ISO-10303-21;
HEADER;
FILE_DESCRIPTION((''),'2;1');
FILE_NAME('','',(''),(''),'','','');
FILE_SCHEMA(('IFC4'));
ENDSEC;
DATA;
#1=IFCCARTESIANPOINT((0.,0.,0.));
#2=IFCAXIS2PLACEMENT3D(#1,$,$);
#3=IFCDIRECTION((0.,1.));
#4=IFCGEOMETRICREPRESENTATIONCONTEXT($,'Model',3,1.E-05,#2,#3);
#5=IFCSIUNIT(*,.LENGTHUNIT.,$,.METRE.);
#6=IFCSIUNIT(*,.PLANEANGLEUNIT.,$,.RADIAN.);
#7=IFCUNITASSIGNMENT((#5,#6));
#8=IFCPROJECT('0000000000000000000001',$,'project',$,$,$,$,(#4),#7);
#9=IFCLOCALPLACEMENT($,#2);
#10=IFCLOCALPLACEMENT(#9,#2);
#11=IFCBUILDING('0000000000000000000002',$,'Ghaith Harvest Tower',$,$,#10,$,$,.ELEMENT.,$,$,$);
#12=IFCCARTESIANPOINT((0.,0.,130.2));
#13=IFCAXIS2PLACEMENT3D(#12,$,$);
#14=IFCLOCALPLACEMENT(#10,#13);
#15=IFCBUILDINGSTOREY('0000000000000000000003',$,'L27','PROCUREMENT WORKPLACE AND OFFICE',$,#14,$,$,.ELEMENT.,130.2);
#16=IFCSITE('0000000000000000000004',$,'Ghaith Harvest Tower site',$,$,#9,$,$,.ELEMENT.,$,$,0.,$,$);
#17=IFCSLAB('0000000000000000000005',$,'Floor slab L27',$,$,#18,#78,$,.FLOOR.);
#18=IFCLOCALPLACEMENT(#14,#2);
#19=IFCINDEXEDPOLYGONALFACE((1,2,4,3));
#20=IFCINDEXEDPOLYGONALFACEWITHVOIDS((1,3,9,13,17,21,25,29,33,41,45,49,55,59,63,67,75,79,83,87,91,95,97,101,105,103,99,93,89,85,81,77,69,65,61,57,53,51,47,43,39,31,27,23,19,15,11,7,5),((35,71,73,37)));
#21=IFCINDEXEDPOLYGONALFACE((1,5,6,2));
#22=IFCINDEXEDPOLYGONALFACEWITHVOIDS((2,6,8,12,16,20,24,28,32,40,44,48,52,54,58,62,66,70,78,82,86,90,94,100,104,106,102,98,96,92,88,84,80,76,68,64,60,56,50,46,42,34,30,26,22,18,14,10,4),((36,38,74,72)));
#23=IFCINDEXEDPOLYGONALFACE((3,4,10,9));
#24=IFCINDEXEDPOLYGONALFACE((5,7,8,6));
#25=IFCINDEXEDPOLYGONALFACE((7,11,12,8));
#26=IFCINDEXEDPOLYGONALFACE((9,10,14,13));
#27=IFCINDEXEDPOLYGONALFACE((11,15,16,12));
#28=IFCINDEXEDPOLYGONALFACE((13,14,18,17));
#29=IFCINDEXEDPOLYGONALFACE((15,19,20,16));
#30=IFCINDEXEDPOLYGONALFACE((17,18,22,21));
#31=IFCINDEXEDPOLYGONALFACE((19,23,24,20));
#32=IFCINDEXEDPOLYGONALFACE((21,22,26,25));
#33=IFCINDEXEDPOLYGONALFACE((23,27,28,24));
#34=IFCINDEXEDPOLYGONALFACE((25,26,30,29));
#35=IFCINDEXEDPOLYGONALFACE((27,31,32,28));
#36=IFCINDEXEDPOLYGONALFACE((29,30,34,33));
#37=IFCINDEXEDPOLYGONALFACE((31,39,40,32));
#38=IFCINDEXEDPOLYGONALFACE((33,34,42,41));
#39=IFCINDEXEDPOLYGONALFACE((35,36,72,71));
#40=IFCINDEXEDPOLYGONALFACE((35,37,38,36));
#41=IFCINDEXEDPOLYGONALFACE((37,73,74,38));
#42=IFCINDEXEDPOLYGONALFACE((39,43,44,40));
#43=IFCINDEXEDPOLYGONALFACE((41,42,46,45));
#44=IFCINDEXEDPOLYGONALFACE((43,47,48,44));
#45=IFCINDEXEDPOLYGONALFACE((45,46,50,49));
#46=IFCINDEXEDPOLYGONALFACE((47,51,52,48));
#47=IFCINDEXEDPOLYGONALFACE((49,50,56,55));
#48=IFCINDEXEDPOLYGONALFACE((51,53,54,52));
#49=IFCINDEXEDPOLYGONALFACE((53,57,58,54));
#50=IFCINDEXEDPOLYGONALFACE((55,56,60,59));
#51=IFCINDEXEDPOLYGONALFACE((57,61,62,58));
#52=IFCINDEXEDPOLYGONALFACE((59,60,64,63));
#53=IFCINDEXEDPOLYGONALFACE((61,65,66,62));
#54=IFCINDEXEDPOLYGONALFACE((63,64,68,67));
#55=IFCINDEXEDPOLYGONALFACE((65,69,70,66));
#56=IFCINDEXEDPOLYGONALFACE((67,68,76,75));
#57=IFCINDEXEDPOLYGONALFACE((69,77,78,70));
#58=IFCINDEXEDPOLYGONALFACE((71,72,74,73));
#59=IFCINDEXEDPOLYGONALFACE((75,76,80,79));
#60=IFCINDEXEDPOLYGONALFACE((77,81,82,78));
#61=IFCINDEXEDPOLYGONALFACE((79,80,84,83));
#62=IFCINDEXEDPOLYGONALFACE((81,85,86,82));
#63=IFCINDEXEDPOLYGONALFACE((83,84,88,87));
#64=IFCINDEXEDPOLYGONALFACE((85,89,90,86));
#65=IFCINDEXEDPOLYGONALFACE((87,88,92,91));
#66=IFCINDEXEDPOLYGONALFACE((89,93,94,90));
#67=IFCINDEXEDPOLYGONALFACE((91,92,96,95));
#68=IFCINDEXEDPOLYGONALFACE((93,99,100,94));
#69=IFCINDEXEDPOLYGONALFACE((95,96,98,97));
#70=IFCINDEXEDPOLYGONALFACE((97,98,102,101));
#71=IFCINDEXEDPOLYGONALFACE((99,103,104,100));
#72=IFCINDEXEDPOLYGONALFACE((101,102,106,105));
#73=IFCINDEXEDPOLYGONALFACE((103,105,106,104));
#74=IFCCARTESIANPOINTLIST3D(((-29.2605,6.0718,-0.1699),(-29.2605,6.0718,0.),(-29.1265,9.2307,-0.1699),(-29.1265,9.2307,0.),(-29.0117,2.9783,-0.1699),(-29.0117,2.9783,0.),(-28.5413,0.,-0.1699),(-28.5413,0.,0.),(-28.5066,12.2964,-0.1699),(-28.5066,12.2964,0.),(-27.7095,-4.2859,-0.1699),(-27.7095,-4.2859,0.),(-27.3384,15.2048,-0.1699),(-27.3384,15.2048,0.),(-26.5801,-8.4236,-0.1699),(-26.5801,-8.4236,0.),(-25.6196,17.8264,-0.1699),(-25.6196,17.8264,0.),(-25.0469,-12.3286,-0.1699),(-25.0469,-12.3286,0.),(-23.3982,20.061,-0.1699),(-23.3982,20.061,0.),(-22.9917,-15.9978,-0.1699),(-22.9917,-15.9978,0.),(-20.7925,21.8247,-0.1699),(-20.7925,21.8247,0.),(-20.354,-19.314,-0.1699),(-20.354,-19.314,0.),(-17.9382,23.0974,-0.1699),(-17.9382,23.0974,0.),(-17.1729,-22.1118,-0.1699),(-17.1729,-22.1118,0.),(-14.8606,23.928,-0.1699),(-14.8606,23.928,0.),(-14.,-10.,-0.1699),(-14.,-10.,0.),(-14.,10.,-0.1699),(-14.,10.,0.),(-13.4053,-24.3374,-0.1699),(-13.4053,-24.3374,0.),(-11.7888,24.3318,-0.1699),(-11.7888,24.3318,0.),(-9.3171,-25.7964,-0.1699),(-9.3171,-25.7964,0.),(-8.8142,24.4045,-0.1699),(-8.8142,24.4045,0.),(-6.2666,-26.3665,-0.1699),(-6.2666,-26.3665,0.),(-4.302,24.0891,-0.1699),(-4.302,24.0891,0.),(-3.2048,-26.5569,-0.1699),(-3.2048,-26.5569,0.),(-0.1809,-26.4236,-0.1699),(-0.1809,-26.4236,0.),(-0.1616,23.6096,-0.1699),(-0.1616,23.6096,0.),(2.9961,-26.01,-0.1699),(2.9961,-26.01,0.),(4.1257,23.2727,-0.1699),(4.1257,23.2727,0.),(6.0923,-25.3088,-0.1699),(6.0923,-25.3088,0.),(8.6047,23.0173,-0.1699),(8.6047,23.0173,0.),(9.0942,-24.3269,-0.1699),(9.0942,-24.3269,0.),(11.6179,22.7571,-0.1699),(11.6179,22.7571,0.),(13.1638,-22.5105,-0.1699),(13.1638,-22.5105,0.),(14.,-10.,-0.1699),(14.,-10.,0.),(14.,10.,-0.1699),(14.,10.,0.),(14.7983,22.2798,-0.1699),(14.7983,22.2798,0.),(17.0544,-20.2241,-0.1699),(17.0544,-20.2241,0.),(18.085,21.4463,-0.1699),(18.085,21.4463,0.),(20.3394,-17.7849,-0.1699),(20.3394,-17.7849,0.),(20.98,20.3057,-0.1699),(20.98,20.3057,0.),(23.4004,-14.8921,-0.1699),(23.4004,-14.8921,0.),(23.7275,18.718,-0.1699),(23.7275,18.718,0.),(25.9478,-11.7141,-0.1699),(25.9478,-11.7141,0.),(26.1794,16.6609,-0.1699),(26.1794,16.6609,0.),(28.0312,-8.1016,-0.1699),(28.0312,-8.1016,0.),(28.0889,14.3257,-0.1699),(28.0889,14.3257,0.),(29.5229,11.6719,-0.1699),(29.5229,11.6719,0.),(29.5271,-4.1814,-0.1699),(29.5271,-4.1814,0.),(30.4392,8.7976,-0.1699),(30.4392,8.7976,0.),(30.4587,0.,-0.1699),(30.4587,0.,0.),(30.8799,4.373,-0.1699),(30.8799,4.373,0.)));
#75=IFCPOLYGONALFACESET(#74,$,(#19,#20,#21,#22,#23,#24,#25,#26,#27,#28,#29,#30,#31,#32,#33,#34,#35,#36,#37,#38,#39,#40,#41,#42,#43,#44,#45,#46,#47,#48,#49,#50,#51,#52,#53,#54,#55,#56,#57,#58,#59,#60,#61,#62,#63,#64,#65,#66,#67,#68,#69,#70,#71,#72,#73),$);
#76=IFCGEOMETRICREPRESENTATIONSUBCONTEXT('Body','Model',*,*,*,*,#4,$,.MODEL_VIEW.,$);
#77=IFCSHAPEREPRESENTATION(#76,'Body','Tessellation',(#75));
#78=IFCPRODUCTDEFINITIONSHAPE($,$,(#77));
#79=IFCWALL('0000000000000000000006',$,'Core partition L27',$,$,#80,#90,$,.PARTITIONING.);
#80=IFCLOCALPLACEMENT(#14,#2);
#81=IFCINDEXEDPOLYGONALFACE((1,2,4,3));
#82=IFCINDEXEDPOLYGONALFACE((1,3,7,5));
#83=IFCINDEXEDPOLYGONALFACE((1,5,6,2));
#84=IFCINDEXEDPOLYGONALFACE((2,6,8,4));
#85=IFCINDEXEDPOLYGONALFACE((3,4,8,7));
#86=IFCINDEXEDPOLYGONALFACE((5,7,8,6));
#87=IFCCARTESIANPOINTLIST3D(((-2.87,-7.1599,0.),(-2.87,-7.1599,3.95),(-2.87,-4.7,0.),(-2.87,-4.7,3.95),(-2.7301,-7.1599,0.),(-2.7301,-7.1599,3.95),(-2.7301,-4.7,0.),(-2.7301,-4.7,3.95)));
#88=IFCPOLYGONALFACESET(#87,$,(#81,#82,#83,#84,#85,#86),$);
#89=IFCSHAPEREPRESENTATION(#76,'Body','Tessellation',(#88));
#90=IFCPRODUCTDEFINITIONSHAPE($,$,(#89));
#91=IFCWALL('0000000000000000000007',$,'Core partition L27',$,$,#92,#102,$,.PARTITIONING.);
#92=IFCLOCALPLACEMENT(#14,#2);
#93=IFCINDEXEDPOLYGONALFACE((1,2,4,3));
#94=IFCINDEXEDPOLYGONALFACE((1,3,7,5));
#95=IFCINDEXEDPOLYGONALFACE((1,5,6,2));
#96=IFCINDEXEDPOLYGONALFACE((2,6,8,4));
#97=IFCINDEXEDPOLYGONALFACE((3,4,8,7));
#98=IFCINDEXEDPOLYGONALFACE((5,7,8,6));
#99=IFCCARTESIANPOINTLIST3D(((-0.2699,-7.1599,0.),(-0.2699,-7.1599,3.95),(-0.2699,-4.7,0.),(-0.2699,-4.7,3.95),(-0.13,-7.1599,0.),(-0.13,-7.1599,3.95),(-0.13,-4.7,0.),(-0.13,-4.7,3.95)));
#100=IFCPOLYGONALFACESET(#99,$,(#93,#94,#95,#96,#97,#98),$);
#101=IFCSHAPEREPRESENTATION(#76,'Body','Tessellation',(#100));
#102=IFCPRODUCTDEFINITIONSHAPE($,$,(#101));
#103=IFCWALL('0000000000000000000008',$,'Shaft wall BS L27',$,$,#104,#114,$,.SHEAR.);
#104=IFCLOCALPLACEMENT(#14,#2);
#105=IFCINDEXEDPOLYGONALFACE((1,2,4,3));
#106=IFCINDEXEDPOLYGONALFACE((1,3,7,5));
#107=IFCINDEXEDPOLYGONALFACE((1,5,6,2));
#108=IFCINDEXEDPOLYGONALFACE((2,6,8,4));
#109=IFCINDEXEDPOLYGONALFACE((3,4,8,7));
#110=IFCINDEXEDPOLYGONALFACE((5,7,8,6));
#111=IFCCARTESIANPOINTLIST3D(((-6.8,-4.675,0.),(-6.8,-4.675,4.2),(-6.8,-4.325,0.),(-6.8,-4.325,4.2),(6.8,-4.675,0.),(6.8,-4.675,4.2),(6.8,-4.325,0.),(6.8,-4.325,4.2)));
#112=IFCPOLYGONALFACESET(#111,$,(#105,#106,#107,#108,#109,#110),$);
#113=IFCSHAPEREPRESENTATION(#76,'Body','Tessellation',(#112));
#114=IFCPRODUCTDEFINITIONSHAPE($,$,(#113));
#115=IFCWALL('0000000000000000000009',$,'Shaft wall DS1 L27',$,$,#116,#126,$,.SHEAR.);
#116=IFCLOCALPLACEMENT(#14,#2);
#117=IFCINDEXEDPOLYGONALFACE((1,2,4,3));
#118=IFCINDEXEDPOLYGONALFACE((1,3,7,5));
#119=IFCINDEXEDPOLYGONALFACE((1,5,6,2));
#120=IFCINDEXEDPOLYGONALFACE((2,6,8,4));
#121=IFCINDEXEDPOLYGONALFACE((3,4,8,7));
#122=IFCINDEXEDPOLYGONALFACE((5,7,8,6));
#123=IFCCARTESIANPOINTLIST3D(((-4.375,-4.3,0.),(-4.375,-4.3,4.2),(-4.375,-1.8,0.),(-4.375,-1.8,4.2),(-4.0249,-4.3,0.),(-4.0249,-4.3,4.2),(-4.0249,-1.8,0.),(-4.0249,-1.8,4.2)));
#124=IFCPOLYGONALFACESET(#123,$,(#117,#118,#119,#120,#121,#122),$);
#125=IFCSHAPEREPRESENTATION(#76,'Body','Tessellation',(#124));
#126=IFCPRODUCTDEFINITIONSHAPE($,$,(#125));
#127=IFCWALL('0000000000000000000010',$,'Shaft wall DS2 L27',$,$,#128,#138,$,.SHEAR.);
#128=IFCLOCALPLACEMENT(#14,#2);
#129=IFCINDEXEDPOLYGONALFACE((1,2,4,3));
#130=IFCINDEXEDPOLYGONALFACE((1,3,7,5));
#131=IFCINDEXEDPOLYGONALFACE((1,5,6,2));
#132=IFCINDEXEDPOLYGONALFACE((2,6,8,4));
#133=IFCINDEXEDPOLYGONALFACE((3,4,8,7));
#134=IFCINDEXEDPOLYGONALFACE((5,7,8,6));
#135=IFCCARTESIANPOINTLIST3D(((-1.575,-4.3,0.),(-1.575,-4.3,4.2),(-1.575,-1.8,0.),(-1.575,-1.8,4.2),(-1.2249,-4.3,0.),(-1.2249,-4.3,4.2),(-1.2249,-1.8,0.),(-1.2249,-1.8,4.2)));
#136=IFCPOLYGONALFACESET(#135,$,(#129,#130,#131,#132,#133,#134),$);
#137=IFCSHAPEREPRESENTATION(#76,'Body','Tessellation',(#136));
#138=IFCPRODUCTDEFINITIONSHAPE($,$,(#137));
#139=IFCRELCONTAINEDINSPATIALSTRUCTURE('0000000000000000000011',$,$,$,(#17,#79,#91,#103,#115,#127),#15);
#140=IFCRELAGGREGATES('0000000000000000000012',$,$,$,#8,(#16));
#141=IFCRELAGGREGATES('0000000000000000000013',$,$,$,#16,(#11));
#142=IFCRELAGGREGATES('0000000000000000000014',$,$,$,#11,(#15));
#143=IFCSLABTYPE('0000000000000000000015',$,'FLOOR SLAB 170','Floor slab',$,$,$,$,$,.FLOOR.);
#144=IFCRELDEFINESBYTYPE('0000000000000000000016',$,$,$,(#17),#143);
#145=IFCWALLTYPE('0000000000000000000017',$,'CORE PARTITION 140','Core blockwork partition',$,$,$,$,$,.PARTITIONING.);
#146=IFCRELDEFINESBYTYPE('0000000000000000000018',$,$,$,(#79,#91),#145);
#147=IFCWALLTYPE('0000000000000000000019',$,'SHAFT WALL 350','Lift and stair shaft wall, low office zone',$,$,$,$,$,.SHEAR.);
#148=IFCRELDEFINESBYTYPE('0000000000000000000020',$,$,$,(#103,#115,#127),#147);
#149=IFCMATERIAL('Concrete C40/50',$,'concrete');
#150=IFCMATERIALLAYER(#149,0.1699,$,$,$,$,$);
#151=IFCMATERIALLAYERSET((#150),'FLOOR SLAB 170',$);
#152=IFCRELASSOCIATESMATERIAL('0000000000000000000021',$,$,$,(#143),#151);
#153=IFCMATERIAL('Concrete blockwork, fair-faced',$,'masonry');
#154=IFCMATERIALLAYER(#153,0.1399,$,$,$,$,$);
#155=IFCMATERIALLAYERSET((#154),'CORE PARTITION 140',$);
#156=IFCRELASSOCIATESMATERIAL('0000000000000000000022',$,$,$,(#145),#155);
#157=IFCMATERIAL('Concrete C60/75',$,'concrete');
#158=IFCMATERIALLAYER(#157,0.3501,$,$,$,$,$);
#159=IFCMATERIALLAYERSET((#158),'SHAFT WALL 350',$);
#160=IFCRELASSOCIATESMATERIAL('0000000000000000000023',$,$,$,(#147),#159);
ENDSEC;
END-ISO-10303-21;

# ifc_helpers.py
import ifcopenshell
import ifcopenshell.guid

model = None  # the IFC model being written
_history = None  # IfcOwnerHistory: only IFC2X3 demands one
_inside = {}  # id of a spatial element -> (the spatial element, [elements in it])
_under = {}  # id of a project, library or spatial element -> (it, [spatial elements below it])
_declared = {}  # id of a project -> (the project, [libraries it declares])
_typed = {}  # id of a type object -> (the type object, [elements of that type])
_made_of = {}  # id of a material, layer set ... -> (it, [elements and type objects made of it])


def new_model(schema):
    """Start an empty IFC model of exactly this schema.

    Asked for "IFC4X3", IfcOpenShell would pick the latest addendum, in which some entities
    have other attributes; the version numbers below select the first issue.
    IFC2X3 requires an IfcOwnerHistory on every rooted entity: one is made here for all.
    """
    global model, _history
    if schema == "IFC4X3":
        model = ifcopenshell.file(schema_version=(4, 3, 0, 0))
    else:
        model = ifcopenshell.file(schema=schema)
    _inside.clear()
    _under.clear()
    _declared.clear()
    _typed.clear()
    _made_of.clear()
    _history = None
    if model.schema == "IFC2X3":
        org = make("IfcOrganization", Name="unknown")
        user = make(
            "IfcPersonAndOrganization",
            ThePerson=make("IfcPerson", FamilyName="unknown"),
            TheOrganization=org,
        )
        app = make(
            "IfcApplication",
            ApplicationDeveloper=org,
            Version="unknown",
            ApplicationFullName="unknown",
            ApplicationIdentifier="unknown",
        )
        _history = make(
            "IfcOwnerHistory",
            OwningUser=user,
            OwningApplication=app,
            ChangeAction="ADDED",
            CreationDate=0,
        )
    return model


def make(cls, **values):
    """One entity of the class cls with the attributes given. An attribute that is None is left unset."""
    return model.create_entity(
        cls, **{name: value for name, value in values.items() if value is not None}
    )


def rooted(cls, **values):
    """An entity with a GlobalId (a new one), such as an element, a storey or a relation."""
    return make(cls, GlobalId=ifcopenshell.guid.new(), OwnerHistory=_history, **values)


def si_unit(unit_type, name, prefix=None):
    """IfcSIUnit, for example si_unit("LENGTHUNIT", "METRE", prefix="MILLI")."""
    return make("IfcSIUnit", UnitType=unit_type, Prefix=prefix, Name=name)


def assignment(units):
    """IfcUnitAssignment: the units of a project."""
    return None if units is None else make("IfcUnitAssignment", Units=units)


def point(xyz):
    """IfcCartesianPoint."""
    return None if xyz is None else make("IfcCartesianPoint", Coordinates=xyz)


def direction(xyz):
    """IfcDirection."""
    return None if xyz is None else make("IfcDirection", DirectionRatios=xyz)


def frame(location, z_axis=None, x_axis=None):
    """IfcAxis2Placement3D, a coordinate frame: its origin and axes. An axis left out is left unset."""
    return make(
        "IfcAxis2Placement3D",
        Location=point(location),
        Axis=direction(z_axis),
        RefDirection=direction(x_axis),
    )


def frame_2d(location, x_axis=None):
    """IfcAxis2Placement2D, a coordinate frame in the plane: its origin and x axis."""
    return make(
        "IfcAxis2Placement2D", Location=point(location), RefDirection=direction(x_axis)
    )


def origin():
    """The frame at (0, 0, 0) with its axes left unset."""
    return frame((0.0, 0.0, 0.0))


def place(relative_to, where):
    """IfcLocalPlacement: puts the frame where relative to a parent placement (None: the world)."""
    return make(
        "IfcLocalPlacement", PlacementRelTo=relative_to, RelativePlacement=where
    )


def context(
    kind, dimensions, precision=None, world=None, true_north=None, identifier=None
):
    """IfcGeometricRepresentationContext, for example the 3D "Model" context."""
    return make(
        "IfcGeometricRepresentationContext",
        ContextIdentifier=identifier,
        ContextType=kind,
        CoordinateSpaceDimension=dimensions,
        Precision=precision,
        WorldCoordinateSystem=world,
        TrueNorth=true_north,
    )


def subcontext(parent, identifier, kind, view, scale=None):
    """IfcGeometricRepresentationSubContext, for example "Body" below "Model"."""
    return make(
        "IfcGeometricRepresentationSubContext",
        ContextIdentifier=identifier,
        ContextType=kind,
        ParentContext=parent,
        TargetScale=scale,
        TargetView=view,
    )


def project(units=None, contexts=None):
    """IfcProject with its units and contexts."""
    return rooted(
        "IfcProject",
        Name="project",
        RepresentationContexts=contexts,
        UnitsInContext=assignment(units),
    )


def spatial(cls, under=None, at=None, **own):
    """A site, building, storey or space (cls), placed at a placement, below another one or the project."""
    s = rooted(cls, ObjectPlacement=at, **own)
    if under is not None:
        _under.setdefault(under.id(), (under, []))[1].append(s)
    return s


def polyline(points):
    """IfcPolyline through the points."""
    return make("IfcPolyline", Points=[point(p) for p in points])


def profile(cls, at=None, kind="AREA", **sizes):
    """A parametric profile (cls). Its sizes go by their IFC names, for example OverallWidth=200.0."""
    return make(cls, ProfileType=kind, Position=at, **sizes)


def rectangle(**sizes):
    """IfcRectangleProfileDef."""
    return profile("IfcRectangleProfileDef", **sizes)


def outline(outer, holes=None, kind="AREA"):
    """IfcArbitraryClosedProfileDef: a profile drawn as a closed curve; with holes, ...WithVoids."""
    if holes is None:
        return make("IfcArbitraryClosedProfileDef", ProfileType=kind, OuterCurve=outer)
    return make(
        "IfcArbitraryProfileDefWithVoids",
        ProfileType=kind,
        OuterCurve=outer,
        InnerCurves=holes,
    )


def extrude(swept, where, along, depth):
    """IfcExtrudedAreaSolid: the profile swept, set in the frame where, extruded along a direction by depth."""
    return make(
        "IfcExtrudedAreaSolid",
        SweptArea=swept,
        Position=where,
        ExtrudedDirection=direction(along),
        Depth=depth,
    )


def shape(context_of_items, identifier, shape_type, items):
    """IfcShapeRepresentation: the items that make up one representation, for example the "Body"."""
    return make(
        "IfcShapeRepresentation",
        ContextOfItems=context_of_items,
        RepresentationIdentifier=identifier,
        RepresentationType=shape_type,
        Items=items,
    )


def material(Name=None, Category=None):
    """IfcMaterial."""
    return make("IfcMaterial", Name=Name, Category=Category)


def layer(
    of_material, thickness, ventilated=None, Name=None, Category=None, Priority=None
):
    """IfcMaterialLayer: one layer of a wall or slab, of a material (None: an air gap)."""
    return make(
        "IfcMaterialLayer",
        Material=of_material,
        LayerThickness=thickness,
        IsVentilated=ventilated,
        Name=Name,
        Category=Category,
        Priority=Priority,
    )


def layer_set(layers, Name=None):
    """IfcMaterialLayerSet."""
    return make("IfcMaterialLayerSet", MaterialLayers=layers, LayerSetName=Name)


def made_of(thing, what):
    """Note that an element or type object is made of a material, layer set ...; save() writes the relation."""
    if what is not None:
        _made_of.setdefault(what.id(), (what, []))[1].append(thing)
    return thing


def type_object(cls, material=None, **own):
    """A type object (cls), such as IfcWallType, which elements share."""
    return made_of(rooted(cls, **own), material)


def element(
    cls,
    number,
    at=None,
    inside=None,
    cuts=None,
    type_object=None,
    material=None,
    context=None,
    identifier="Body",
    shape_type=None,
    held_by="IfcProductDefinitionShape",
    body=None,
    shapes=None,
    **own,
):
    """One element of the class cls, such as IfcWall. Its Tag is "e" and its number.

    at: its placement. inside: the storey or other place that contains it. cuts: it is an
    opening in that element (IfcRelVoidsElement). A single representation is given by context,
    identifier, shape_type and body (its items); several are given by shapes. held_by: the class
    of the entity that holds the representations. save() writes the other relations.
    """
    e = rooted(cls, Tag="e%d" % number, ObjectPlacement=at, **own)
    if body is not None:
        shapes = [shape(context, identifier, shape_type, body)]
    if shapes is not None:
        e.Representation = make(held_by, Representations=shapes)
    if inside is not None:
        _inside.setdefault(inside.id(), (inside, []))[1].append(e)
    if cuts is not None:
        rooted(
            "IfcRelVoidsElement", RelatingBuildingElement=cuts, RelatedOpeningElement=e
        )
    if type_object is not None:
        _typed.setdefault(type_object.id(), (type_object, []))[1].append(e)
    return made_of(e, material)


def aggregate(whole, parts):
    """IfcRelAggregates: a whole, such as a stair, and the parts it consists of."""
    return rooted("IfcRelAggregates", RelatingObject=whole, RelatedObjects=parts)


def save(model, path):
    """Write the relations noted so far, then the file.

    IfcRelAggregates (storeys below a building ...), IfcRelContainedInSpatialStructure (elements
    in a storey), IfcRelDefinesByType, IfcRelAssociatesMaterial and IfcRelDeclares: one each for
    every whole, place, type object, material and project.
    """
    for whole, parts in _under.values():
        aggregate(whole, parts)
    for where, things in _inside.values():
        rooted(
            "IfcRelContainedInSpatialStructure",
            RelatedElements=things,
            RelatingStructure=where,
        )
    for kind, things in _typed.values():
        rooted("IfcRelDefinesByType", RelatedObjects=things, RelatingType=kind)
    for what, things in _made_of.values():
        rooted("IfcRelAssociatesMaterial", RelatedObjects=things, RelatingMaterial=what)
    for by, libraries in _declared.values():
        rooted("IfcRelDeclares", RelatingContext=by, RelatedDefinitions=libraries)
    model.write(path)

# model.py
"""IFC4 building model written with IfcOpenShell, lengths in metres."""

from ifc_helpers import new_model, si_unit, direction, frame, frame_2d, origin, place, context, subcontext, project, spatial, polyline, rectangle, outline, extrude, material, layer, layer_set, type_object, element, save


model = new_model("IFC4")

# Units and contexts
model_context = context("Model", 3, precision=1e-05, world=origin(), true_north=direction((0.0, 1.0)))
body_context = subcontext(model_context, "Body", "Model", "MODEL_VIEW")
ifc_project = project(units=[si_unit("LENGTHUNIT", "METRE"), si_unit("PLANEANGLEUNIT", "RADIAN")], contexts=[model_context])

# Site, building, storey
site_placement = place(None, origin())
site = spatial("IfcSite", under=ifc_project, at=site_placement, Name="Ghaith Harvest Tower site", CompositionType="ELEMENT", RefElevation=0.0)
building_placement = place(site_placement, origin())
building = spatial("IfcBuilding", under=site, at=building_placement, Name="Ghaith Harvest Tower", CompositionType="ELEMENT")
storey_placement = place(building_placement, frame((0.0, 0.0, 130.2)))
storey = spatial("IfcBuildingStorey", under=building, at=storey_placement, Name="L27", Description="PROCUREMENT WORKPLACE AND OFFICE", CompositionType="ELEMENT", Elevation=130.2)

# Slab
ifc_material_1 = material(Name="Concrete C40/50", Category="concrete")
ifc_layer_1 = layer(ifc_material_1, 0.1699)
ifc_layer_set_1 = layer_set([ifc_layer_1], Name="FLOOR SLAB 170")
slab_type = type_object("IfcSlabType", Name="FLOOR SLAB 170", Description="Floor slab", PredefinedType="FLOOR", material=ifc_layer_set_1)
slab_placement = place(storey_placement, frame((0.0, 0.0, -0.1699)))
element("IfcSlab", 1, at=slab_placement, inside=storey, type_object=slab_type, Name="Floor slab L27", PredefinedType="FLOOR", context=body_context, shape_type="SweptSolid", body=[
    extrude(outline(polyline([(30.4587, 0.0), (30.8799, 4.373), (30.4392, 8.7976), (29.5229, 11.6719), (28.0889, 14.3257), (26.1794, 16.6609), (23.7275, 18.718), (20.98, 20.3057), (18.085, 21.4463), (14.7983, 22.2798), (11.6179, 22.7571), (8.6047, 23.0173), (4.1257, 23.2727), (-0.1616, 23.6096), (-4.302, 24.0891), (-8.8142, 24.4045), (-11.7888, 24.3318), (-14.8606, 23.928), (-17.9382, 23.0974), (-20.7925, 21.8247), (-23.3982, 20.061), (-25.6196, 17.8264), (-27.3384, 15.2048), (-28.5066, 12.2964), (-29.1265, 9.2307), (-29.2605, 6.0718), (-29.0117, 2.9783), (-28.5413, 0.0), (-27.7095, -4.2859), (-26.5801, -8.4236), (-25.0469, -12.3286), (-22.9917, -15.9978), (-20.354, -19.314), (-17.1729, -22.1118), (-13.4053, -24.3374), (-9.3171, -25.7964), (-6.2666, -26.3665), (-3.2048, -26.5569), (-0.1809, -26.4236), (2.9961, -26.01), (6.0923, -25.3088), (9.0942, -24.3269), (13.1638, -22.5105), (17.0544, -20.2241), (20.3394, -17.7849), (23.4004, -14.8921), (25.9478, -11.7141), (28.0312, -8.1016), (29.5271, -4.1814), (30.4587, 0.0)]), holes=[polyline([(-14.0, -10.0), (14.0, -10.0), (14.0, 10.0), (-14.0, 10.0), (-14.0, -10.0)])]), origin(), (0.0, 0.0, 1.0), 0.1699),
])

# Shared definitions
ifc_material_2 = material(Name="Concrete blockwork, fair-faced", Category="masonry")
ifc_layer_2 = layer(ifc_material_2, 0.1399)
ifc_layer_set_2 = layer_set([ifc_layer_2], Name="CORE PARTITION 140")
wall_type_1 = type_object("IfcWallType", Name="CORE PARTITION 140", Description="Core blockwork partition", PredefinedType="PARTITIONING", material=ifc_layer_set_2)

# Walls
for number, where, z_axis, x_axis, name in (
    (2, (-2.8, -4.7, 0.0), (0.0, 0.0, 1.0), (0.0, -1.0, 0.0), "Core partition L27"),
    (3, (-0.2, -4.7, 0.0), (0.0, 0.0, 1.0), (0.0, -1.0, 0.0), "Core partition L27"),
):
    element("IfcWall", number, at=place(storey_placement, frame(where, z_axis=z_axis, x_axis=x_axis)), inside=storey, type_object=wall_type_1, Name=name, PredefinedType="PARTITIONING", context=body_context, shape_type="SweptSolid", body=[
        extrude(rectangle(XDim=2.46, YDim=0.1399, at=frame_2d((1.23, 0.0))), origin(), (0.0, 0.0, 1.0), 3.95),
    ])

# Shared definitions
ifc_material_3 = material(Name="Concrete C60/75", Category="concrete")
ifc_layer_3 = layer(ifc_material_3, 0.3501)
ifc_layer_set_3 = layer_set([ifc_layer_3], Name="SHAFT WALL 350")
wall_type_2 = type_object("IfcWallType", Name="SHAFT WALL 350", Description="Lift and stair shaft wall, low office zone", PredefinedType="SHEAR", material=ifc_layer_set_3)

# Walls
wall_1_placement = place(storey_placement, frame((-6.8, -4.5, 0.0), z_axis=(0.0, 0.0, 1.0), x_axis=(1.0, 0.0, 0.0)))
element("IfcWall", 4, at=wall_1_placement, inside=storey, type_object=wall_type_2, Name="Shaft wall BS L27", PredefinedType="SHEAR", context=body_context, shape_type="SweptSolid", body=[
    extrude(rectangle(XDim=13.6001, YDim=0.3501, at=frame_2d((6.8, 0.0))), origin(), (0.0, 0.0, 1.0), 4.2),
])
for number, where, z_axis, x_axis, name in (
    (5, (-4.2, -4.3, 0.0), (0.0, 0.0, 1.0), (0.0, 1.0, 0.0), "Shaft wall DS1 L27"),
    (6, (-1.3999, -4.3, 0.0), (0.0, 0.0, 1.0), (0.0, 1.0, 0.0), "Shaft wall DS2 L27"),
):
    element("IfcWall", number, at=place(storey_placement, frame(where, z_axis=z_axis, x_axis=x_axis)), inside=storey, type_object=wall_type_2, Name=name, PredefinedType="SHEAR", context=body_context, shape_type="SweptSolid", body=[
        extrude(rectangle(XDim=2.5, YDim=0.3501, at=frame_2d((1.25, 0.0))), origin(), (0.0, 0.0, 1.0), 4.2),
    ])

save(model, "model.ifc")
